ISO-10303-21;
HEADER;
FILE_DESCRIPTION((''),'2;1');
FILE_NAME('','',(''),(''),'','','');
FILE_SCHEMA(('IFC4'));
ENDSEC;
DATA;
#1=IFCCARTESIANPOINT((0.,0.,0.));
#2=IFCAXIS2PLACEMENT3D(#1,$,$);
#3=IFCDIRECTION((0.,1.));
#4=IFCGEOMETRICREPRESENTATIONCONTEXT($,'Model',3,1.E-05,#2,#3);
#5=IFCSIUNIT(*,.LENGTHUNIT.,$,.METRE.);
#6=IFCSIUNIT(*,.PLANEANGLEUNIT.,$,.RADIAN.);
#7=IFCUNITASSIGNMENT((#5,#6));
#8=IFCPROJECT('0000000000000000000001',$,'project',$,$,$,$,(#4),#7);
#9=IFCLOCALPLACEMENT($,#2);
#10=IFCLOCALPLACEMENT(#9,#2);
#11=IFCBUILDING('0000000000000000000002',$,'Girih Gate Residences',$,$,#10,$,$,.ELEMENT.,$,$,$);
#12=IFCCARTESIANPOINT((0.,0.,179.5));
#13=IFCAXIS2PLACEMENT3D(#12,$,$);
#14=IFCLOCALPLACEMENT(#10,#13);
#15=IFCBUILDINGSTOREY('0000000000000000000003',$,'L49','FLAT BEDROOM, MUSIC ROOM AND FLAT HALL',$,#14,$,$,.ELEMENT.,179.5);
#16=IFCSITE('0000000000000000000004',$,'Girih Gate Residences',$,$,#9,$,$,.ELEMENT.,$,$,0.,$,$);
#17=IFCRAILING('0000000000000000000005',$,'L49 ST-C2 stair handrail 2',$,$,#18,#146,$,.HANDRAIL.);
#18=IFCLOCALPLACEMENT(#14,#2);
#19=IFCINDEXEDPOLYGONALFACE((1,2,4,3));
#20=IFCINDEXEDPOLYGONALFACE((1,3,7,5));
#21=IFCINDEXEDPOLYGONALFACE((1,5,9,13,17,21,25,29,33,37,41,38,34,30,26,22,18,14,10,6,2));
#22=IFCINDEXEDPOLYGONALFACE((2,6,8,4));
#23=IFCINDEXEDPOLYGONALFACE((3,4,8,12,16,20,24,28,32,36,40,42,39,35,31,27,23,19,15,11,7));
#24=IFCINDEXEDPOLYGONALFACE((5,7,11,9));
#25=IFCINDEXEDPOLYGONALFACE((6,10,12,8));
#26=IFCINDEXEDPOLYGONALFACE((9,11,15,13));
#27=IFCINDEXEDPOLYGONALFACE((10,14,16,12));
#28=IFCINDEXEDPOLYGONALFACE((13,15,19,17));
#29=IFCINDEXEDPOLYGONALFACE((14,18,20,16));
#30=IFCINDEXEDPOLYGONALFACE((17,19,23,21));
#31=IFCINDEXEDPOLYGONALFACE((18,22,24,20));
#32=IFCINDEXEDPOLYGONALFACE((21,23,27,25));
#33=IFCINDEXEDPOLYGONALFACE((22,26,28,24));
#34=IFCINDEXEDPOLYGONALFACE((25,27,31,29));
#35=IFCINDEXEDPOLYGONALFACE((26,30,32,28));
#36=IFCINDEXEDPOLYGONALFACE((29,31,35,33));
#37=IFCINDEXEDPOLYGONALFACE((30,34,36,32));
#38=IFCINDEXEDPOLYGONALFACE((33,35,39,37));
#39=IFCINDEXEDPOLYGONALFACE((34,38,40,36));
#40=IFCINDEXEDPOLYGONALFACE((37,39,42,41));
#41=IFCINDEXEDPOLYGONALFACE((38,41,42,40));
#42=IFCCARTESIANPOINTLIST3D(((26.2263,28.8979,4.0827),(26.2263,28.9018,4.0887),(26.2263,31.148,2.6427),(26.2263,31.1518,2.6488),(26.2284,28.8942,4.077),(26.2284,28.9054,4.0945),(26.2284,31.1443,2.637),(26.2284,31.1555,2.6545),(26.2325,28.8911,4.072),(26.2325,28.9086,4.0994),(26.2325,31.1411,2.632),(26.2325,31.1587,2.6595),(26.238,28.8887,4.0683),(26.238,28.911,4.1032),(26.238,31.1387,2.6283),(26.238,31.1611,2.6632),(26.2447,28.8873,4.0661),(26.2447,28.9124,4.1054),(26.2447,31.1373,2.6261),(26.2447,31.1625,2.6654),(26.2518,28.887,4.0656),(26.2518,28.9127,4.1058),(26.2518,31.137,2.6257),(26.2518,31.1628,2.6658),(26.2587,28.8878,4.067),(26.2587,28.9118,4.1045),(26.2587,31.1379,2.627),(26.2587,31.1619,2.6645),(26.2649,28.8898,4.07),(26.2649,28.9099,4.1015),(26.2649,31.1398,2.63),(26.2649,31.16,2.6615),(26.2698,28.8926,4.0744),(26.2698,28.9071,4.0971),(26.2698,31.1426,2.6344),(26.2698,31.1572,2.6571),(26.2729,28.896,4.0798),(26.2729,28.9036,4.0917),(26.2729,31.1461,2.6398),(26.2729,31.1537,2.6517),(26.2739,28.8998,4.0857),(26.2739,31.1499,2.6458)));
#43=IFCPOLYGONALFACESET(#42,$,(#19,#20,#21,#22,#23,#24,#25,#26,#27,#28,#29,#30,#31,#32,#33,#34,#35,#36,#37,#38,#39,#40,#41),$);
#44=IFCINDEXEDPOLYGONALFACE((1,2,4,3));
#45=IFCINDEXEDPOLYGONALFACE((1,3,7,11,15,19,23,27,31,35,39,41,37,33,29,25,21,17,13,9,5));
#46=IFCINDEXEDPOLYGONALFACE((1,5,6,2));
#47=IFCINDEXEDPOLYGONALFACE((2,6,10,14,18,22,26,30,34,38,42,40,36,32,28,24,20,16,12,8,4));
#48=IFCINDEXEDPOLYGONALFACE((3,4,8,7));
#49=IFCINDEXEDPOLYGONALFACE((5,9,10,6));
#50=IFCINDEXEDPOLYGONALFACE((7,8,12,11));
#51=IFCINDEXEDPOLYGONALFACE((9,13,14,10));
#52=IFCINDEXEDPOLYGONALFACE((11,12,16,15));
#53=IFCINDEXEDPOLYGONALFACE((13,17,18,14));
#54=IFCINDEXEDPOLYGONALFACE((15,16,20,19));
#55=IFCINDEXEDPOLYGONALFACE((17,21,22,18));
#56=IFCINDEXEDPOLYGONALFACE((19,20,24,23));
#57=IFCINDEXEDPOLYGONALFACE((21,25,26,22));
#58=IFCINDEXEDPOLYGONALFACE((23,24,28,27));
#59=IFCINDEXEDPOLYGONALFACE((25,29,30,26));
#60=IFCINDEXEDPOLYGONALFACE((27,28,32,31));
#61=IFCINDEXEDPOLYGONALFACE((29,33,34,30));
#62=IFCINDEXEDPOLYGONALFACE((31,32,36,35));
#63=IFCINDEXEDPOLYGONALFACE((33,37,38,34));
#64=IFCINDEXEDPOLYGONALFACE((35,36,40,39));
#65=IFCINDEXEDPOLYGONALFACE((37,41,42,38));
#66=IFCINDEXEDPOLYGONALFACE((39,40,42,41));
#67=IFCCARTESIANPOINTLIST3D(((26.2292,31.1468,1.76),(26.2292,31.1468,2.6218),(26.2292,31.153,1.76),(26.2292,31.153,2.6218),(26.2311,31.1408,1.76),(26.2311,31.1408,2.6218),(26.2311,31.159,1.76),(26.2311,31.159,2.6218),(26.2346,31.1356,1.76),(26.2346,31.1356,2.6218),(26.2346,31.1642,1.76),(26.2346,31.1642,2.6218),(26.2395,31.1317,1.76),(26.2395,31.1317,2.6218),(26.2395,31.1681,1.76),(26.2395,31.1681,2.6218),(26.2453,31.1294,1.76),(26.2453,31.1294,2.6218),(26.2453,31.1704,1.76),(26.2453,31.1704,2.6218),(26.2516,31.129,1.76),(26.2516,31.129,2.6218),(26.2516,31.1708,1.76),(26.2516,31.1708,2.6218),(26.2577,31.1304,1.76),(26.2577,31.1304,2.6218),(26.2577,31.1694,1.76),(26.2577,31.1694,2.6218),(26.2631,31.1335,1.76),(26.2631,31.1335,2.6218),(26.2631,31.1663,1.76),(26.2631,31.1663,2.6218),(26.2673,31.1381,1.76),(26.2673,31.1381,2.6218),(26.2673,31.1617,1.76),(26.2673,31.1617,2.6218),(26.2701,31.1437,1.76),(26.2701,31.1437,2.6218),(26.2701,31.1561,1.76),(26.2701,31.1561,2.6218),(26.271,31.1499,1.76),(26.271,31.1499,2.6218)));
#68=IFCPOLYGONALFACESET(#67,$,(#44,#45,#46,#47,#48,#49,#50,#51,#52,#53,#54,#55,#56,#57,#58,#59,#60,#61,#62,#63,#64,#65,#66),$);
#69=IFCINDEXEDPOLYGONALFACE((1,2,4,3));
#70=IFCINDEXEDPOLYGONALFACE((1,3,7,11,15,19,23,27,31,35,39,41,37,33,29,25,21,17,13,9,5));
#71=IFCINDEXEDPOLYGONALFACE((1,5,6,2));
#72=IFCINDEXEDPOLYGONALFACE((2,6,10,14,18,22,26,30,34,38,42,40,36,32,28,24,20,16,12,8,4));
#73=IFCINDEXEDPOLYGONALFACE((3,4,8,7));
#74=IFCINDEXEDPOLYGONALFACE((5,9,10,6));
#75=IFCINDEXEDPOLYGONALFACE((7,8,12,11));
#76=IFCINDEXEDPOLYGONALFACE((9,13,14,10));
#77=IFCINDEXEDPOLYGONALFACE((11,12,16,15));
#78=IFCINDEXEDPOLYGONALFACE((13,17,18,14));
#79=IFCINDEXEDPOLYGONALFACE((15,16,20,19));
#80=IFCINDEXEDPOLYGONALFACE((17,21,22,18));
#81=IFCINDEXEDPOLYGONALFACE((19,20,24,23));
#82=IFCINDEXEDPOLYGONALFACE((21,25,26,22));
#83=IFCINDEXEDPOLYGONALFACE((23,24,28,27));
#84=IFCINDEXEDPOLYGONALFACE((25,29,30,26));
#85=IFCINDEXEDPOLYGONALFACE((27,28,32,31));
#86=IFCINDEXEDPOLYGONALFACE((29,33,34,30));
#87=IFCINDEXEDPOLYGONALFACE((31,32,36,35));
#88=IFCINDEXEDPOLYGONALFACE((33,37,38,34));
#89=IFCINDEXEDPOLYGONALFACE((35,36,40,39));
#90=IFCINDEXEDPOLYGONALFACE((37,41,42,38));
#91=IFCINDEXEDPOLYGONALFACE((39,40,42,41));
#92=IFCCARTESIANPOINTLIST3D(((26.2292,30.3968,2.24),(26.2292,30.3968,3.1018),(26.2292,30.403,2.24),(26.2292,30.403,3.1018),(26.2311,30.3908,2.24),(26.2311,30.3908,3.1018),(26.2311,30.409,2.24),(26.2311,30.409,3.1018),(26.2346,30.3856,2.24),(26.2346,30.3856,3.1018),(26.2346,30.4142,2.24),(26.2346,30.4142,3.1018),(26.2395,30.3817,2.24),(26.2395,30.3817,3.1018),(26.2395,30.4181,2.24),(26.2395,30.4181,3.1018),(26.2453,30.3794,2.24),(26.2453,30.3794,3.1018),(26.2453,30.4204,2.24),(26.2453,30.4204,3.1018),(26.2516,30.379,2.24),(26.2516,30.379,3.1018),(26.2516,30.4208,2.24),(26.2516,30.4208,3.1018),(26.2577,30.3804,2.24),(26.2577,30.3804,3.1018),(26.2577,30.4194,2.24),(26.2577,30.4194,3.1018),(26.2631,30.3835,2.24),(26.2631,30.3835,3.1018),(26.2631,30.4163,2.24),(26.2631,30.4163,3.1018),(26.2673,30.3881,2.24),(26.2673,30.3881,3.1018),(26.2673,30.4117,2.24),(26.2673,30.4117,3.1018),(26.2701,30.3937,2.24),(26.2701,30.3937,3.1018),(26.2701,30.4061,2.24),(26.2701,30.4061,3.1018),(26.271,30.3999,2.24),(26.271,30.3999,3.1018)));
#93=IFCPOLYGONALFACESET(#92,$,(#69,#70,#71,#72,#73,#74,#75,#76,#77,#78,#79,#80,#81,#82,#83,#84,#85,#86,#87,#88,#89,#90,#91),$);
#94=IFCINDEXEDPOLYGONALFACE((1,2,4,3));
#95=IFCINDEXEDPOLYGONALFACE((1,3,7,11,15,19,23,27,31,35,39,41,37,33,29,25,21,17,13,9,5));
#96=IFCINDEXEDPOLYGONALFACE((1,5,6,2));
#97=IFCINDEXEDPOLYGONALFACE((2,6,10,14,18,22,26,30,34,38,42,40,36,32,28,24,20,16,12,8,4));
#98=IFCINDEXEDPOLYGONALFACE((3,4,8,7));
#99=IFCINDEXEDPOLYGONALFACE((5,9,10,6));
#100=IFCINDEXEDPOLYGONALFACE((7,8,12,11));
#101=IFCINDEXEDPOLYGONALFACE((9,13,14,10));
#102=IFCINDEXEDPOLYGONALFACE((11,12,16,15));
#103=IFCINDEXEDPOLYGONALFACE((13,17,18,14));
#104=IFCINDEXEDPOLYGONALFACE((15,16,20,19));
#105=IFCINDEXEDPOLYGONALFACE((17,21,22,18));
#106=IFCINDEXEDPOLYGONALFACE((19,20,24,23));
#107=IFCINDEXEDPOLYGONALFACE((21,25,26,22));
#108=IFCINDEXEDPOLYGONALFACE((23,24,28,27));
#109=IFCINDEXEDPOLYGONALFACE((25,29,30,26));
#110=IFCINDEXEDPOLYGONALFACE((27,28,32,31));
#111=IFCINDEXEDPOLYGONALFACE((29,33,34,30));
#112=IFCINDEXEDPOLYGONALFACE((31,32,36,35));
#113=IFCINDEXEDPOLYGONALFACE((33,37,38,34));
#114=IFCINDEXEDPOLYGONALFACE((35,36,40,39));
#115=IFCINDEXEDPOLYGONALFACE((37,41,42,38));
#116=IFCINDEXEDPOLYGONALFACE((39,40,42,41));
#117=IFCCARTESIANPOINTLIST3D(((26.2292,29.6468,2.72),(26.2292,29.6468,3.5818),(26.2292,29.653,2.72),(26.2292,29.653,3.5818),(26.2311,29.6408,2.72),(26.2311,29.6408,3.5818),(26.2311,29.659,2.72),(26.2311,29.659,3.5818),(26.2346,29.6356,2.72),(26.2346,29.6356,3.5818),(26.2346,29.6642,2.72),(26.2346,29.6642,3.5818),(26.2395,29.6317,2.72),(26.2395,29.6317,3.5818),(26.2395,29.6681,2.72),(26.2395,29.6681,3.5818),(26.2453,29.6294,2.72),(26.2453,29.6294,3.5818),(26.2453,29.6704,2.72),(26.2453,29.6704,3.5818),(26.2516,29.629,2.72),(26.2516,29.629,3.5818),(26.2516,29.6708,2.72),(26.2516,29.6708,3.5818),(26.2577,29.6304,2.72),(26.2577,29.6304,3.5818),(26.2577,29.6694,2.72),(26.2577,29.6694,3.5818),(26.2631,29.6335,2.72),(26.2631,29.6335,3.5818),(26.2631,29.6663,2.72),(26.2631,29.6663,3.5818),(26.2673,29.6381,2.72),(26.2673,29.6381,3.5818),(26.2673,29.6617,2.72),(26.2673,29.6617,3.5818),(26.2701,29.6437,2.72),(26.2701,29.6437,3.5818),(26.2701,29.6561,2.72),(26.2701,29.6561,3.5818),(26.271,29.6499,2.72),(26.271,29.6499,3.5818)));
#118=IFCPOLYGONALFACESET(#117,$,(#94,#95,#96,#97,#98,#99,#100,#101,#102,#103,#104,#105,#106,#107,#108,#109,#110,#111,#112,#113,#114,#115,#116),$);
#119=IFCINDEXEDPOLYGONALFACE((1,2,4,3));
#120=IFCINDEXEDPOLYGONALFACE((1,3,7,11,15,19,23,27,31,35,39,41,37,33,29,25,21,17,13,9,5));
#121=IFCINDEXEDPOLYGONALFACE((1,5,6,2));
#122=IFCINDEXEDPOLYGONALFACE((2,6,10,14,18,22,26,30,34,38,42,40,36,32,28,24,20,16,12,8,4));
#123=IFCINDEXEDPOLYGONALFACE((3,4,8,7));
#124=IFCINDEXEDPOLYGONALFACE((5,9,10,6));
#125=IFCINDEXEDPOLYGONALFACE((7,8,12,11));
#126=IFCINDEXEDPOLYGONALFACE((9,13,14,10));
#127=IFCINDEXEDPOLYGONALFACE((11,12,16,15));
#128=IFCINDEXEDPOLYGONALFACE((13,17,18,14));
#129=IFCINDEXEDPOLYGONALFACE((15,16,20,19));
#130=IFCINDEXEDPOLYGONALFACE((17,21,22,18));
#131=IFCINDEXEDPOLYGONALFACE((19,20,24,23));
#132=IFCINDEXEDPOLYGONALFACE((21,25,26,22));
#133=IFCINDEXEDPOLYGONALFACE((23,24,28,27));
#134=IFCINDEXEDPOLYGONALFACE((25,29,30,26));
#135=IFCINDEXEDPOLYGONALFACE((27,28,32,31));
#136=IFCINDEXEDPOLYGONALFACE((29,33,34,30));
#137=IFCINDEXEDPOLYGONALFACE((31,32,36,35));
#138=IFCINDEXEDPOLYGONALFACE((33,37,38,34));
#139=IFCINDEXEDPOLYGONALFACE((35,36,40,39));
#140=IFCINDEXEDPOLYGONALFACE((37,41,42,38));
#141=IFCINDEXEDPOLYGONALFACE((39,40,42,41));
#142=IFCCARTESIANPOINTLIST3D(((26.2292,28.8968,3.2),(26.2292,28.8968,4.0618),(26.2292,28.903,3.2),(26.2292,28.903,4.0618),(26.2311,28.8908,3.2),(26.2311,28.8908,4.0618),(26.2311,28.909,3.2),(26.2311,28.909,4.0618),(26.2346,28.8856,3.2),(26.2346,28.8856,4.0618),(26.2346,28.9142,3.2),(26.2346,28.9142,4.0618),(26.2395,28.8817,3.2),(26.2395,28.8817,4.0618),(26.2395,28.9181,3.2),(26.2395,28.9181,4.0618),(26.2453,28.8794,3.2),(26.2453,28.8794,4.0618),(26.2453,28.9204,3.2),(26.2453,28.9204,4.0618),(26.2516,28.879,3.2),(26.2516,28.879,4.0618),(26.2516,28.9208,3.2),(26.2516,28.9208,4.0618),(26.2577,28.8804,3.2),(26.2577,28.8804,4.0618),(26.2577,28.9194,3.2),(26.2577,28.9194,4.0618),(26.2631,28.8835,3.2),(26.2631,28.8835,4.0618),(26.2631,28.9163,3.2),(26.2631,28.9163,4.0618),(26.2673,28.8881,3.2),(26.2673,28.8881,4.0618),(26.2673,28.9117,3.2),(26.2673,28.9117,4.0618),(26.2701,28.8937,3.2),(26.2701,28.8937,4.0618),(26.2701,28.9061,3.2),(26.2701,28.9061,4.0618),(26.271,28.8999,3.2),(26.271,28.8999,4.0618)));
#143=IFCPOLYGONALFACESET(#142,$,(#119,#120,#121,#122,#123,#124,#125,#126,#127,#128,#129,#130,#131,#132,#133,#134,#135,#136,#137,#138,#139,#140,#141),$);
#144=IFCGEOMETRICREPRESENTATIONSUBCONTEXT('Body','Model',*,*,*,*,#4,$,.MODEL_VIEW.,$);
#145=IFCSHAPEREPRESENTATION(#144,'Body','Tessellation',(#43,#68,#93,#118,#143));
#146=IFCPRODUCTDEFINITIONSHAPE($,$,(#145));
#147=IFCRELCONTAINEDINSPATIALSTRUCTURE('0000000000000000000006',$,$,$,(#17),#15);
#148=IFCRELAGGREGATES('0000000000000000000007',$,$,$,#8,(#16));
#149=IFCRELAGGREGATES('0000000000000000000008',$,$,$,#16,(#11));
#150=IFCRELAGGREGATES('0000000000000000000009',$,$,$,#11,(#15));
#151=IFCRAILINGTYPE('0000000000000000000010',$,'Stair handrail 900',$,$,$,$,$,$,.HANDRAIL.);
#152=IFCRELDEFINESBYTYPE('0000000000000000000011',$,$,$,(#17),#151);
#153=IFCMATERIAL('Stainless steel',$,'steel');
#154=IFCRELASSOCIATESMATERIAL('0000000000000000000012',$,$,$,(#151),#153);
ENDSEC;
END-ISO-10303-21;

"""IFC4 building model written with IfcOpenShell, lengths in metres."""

from ifc_helpers import new_model, si_unit, direction, frame, origin, origin_2d, place, context, subcontext, project, spatial, circle, extrude, material, type_object, element, save


model = new_model("IFC4")

# Units and contexts
model_context = context("Model", 3, precision=1e-05, world=origin(), true_north=direction((0.0, 1.0)))
body_context = subcontext(model_context, "Body", "Model", "MODEL_VIEW")
ifc_project = project(units=[si_unit("LENGTHUNIT", "METRE"), si_unit("PLANEANGLEUNIT", "RADIAN")], contexts=[model_context])

# Site, building, storey
site_placement = place(None, origin())
site = spatial("IfcSite", under=ifc_project, at=site_placement, Name="Girih Gate Residences", CompositionType="ELEMENT", RefElevation=0.0)
building_placement = place(site_placement, origin())
building = spatial("IfcBuilding", under=site, at=building_placement, Name="Girih Gate Residences", CompositionType="ELEMENT")
storey_placement = place(building_placement, frame((0.0, 0.0, 179.5)))
storey = spatial("IfcBuildingStorey", under=building, at=storey_placement, Name="L49", Description="FLAT BEDROOM, MUSIC ROOM AND FLAT HALL", CompositionType="ELEMENT", Elevation=179.5)

# Railing
ifc_material_1 = material(Name="Stainless steel", Category="steel")
railing_type_1 = type_object("IfcRailingType", Name="Stair handrail 900", PredefinedType="HANDRAIL", material=ifc_material_1)
railing_1_placement = place(storey_placement, frame((26.25, 31.1499, 1.76)))
element("IfcRailing", 1, at=railing_1_placement, inside=storey, type_object=railing_type_1, Name="L49 ST-C2 stair handrail 2", PredefinedType="HANDRAIL", context=body_context, shape_type="SweptSolid", body=[
    extrude(circle(Radius=0.0239, at=origin_2d()), frame((0.0, 0.0, 0.8857), z_axis=(0.0, -0.842281, 0.539038), x_axis=(1.0, 0.0, 0.0)), (0.0, 0.0, 1.0), 2.6714),
    extrude(circle(Radius=0.021, at=origin_2d()), origin(), (0.0, 0.0, 1.0), 0.8618),
    extrude(circle(Radius=0.021, at=origin_2d()), frame((0.0, -0.75, 0.48)), (0.0, 0.0, 1.0), 0.8618),
    extrude(circle(Radius=0.021, at=origin_2d()), frame((0.0, -1.5, 0.96)), (0.0, 0.0, 1.0), 0.8618),
    extrude(circle(Radius=0.021, at=origin_2d()), frame((0.0, -2.25, 1.4399)), (0.0, 0.0, 1.0), 0.8618),
])

save(model, "model.ifc")
